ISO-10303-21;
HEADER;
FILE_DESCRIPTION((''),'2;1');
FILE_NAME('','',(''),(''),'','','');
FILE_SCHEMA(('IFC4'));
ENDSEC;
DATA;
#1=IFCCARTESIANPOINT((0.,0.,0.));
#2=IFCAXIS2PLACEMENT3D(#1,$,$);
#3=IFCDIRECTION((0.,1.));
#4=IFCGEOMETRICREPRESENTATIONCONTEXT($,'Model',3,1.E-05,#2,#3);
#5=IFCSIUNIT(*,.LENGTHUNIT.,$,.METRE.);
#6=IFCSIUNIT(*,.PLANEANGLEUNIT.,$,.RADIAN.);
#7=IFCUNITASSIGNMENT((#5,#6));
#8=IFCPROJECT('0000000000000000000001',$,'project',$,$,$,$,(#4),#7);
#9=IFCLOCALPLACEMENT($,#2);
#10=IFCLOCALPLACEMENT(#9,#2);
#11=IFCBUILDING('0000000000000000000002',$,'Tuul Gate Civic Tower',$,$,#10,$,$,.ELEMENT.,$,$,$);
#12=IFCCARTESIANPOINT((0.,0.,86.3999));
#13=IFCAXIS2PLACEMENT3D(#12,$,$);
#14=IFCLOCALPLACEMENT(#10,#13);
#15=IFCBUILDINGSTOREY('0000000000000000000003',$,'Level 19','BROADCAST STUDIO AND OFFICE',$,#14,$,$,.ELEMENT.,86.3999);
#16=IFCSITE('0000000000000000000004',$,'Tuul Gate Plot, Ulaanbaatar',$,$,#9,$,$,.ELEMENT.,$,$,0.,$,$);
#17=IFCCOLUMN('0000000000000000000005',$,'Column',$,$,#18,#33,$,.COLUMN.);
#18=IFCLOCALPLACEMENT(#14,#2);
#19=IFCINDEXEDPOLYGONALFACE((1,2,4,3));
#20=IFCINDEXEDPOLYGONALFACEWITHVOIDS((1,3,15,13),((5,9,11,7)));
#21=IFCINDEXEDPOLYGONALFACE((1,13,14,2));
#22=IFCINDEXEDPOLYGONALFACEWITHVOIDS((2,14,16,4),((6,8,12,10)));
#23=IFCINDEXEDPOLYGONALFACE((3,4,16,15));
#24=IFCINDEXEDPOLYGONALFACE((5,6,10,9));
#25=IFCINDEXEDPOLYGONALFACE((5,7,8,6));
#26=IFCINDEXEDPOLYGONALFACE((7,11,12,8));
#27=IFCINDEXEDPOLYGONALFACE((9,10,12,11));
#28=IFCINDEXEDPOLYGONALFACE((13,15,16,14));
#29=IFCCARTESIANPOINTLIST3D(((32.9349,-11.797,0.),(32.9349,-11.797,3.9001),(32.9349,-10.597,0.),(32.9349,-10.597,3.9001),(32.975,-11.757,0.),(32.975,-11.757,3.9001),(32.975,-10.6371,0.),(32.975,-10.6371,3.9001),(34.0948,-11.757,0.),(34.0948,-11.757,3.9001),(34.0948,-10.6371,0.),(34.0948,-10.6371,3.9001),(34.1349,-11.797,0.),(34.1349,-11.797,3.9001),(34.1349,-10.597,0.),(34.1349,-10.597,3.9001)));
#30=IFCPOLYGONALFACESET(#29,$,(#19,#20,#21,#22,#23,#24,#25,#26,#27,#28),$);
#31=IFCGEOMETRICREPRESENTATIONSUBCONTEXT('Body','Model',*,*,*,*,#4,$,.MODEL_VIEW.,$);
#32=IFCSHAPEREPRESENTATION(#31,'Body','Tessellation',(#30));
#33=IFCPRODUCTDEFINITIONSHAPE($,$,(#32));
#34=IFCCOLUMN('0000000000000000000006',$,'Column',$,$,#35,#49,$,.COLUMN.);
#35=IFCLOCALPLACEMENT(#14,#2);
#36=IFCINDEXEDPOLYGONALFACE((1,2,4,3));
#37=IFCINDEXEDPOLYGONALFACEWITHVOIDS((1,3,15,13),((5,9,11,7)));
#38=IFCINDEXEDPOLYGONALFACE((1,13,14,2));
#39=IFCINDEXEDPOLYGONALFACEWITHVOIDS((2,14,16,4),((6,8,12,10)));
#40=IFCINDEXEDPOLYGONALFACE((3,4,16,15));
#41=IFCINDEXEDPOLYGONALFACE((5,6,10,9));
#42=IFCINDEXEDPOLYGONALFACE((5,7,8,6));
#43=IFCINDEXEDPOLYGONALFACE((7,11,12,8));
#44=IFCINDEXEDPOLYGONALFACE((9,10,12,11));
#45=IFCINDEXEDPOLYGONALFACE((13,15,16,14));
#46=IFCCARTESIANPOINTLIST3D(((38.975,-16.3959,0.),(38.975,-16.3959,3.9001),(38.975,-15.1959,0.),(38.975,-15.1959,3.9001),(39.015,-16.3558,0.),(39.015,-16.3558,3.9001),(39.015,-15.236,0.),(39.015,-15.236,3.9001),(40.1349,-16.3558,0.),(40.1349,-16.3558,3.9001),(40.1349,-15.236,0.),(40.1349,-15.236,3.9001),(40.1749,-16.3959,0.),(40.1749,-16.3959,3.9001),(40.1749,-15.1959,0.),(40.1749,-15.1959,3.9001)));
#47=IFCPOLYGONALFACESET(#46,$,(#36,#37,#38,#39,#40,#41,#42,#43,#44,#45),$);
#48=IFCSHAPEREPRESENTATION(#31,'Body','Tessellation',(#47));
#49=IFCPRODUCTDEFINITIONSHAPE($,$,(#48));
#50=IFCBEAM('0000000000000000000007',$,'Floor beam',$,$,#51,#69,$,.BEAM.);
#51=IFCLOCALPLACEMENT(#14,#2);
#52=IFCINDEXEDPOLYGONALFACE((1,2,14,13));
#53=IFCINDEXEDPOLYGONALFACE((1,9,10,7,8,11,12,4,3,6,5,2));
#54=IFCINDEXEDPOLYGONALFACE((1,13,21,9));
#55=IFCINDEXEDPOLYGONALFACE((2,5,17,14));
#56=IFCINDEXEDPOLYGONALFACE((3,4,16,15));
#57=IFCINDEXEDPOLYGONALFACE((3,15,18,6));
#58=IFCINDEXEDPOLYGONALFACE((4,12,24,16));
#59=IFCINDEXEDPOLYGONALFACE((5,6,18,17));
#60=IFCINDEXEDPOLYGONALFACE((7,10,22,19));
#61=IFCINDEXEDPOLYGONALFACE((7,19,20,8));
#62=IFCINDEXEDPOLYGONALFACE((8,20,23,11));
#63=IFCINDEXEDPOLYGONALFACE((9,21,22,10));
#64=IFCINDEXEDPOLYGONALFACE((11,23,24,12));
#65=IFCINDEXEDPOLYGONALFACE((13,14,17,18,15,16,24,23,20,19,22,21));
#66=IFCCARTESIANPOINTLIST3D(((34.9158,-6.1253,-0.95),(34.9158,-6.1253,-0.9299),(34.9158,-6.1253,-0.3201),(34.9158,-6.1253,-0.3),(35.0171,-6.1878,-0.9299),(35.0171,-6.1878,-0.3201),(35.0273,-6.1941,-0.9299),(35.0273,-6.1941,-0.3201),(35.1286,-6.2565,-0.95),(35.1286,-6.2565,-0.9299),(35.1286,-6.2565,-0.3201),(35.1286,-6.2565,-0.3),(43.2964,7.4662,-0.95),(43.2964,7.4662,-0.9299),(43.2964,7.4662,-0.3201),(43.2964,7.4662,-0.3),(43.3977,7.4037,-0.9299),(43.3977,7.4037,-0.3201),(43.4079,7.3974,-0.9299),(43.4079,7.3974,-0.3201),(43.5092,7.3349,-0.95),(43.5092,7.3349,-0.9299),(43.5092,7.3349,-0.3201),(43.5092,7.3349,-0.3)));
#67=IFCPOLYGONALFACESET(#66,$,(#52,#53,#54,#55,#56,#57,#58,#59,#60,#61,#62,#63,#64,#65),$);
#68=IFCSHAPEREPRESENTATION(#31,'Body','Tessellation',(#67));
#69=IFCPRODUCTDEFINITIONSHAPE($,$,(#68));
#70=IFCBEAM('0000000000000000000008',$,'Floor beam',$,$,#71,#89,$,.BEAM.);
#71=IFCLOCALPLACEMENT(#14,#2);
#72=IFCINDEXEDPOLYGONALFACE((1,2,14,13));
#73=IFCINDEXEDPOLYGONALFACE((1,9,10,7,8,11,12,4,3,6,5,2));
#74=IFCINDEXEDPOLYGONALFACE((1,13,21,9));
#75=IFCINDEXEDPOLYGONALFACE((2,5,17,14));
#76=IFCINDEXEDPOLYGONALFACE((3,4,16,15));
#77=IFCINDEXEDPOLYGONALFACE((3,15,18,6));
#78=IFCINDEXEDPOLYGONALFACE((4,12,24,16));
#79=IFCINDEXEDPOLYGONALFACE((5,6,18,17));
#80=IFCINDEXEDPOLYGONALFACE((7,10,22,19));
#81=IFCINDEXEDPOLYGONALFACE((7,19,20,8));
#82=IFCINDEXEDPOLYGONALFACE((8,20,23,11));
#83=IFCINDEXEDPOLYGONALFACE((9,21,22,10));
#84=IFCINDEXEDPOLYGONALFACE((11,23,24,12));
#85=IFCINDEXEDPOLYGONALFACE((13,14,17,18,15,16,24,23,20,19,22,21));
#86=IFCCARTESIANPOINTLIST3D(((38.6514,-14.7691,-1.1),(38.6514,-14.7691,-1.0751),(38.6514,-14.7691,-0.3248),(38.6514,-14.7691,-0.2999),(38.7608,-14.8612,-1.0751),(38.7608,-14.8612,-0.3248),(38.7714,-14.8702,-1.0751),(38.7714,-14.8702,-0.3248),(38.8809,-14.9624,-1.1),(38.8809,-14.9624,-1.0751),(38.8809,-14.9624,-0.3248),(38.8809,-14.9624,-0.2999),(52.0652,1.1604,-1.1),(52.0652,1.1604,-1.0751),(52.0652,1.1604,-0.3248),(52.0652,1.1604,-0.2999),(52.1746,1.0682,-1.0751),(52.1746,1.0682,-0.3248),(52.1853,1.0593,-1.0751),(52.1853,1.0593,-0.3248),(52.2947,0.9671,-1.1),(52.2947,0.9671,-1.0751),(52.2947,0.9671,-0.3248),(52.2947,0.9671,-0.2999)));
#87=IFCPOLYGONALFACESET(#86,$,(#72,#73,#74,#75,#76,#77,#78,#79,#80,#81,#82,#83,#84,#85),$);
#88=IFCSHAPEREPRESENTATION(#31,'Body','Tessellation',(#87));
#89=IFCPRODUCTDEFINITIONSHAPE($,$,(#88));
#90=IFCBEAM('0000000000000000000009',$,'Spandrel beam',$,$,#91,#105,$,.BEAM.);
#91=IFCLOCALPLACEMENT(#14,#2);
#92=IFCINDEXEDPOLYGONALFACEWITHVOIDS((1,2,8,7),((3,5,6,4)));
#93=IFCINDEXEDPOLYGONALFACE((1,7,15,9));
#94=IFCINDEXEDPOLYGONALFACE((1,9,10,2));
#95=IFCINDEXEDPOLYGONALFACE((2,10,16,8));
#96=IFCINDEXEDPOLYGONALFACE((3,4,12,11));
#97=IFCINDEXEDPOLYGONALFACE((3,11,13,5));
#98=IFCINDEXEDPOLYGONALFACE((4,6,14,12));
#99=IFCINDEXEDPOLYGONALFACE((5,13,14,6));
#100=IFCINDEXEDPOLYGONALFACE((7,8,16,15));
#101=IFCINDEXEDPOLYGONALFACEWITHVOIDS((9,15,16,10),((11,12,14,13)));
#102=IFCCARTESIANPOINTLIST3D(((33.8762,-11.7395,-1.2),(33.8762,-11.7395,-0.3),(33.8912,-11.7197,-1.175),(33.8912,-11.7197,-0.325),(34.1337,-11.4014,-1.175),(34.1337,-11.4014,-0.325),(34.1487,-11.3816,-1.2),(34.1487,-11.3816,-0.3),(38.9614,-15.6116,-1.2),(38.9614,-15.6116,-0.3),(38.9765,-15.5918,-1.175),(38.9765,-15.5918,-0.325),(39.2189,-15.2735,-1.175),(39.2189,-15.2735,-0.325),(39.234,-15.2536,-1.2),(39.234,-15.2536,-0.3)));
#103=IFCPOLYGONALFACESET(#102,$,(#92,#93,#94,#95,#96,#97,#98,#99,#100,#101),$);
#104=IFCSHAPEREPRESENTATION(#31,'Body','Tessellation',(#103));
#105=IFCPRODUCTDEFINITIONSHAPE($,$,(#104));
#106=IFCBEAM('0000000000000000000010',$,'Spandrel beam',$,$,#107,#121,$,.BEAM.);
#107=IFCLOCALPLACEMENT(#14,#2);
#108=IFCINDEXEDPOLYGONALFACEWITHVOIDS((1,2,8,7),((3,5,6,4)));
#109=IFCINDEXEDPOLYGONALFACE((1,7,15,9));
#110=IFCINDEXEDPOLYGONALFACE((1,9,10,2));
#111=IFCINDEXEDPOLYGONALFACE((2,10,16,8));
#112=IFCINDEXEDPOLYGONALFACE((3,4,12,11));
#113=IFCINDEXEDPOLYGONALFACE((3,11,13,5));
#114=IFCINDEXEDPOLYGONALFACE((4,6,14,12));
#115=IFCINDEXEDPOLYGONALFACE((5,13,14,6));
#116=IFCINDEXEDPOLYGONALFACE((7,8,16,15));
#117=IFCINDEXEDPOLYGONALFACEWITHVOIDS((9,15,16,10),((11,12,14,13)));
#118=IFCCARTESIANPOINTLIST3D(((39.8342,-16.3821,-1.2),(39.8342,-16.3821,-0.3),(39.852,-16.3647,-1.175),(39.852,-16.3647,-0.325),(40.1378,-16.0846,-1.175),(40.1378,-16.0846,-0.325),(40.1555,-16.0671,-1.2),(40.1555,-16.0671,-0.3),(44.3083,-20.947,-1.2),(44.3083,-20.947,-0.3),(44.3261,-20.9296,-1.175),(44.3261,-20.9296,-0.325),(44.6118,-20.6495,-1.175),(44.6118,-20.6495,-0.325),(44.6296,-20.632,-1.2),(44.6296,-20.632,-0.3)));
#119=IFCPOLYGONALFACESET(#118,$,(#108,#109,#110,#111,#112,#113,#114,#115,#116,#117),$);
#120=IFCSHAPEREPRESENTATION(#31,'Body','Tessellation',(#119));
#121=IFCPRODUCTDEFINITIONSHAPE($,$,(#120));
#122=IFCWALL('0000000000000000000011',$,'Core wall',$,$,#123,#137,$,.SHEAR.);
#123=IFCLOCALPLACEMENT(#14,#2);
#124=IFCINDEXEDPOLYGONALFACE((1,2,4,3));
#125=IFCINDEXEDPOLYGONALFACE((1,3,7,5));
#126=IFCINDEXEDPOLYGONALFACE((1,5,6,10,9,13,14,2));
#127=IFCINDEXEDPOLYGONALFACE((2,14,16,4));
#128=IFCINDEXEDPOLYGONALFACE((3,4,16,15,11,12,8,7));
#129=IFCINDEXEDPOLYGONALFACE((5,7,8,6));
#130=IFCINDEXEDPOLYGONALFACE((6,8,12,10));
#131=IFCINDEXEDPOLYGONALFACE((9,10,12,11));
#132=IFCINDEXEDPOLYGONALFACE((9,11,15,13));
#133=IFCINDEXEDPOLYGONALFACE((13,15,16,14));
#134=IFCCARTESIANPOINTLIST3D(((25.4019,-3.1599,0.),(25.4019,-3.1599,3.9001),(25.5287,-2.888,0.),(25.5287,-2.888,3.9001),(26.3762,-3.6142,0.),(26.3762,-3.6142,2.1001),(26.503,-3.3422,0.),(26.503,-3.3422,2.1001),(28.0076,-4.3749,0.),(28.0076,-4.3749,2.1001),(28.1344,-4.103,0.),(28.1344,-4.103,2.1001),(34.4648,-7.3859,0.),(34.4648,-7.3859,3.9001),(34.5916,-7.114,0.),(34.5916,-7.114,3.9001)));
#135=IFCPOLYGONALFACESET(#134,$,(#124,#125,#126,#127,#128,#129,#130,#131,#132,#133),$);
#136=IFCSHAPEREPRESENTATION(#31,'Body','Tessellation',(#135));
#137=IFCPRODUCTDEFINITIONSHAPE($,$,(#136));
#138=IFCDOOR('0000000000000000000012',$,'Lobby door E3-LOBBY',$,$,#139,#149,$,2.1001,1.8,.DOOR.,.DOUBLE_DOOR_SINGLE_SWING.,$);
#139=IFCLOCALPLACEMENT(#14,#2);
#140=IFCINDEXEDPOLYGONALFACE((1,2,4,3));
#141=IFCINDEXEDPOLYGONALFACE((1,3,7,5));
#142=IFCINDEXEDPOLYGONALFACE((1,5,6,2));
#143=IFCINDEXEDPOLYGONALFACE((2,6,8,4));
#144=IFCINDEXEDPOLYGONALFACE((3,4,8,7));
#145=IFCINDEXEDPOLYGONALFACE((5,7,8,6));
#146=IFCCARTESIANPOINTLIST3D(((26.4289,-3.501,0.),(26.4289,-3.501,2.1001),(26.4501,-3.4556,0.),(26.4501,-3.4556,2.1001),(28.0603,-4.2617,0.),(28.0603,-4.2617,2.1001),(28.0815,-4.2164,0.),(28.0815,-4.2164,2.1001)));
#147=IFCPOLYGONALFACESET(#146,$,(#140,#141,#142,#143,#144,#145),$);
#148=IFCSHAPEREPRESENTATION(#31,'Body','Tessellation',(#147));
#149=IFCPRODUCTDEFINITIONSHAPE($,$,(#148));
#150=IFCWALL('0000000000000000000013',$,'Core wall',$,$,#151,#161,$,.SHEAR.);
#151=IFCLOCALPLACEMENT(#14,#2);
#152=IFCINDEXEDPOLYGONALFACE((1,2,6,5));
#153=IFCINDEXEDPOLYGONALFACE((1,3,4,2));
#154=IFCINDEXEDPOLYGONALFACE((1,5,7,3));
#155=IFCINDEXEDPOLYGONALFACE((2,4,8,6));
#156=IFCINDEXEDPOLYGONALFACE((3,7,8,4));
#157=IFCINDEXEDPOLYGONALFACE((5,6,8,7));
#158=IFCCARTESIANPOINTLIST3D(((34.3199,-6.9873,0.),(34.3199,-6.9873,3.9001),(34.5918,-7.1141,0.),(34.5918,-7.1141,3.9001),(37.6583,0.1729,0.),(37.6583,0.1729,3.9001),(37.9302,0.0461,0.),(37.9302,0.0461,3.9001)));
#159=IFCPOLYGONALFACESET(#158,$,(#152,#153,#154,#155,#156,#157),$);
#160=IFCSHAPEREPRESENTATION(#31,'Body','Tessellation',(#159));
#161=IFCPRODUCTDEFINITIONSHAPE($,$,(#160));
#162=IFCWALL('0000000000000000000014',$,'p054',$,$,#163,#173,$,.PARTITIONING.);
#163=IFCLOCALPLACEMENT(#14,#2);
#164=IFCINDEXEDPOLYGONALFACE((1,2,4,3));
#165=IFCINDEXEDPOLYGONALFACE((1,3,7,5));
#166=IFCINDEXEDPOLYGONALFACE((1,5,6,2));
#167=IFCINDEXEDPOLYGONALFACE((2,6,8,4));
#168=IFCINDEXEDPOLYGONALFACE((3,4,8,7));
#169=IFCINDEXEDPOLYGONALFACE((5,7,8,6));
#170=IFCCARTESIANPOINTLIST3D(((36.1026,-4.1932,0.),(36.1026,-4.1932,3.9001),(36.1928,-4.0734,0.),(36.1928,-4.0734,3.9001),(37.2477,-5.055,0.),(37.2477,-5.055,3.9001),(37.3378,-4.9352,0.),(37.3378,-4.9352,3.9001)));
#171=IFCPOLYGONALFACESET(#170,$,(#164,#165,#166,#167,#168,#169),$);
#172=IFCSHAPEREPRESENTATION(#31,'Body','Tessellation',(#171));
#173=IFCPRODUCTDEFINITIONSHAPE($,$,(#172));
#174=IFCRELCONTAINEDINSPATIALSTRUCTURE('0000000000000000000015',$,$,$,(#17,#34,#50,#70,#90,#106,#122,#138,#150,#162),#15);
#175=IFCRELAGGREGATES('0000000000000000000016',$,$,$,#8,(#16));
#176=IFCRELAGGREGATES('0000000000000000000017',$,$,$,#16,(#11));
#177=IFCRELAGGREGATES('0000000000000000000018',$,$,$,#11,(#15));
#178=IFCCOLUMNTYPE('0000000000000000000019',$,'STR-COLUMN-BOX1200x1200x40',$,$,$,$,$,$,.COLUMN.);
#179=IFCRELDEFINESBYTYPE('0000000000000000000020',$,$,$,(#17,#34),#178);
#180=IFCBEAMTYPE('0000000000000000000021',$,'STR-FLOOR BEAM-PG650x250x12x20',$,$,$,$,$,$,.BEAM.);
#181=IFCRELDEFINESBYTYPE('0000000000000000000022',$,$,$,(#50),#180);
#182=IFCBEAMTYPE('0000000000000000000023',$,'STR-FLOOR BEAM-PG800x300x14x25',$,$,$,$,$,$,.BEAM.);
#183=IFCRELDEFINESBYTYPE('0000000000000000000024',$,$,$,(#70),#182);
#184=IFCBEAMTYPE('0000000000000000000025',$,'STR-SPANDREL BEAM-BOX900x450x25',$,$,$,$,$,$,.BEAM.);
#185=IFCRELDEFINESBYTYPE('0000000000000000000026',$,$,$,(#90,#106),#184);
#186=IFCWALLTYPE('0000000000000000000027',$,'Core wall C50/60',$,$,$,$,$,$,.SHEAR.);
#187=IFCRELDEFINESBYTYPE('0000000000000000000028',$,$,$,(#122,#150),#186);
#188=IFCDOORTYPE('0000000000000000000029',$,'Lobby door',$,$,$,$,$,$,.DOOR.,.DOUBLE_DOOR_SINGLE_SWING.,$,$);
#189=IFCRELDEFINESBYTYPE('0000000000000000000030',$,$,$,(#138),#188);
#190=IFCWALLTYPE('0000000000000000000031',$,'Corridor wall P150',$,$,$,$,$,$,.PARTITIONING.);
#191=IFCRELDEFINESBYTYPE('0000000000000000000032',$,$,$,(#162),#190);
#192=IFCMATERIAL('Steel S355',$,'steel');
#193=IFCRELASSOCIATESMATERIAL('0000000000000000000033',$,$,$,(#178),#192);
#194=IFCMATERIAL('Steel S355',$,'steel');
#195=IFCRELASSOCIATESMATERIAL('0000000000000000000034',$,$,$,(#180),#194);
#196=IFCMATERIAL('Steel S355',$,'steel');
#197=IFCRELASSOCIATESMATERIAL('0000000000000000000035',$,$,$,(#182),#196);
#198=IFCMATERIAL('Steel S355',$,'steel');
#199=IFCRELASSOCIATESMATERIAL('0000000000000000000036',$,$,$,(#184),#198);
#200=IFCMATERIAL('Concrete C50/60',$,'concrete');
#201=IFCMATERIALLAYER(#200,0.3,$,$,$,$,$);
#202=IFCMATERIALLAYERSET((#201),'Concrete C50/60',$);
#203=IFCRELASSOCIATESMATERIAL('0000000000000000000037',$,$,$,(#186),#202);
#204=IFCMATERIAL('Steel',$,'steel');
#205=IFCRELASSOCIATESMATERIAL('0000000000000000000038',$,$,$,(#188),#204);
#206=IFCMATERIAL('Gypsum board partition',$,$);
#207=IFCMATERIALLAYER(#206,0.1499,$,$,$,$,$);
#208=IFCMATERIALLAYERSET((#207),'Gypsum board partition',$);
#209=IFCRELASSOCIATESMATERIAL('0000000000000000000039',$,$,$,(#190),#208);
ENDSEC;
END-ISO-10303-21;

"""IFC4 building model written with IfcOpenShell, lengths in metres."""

from ifc_helpers import new_model, si_unit, direction, frame, frame_2d, origin, origin_2d, place, context, subcontext, project, spatial, rectangle, hollow_rectangle, i_section, extrude, material, layer, layer_set, material_profile, profile_set, type_object, element, fill, save


model = new_model("IFC4")

# Units and contexts
model_context = context("Model", 3, precision=1e-05, world=origin(), true_north=direction((0.0, 1.0)))
body_context = subcontext(model_context, "Body", "Model", "MODEL_VIEW")
ifc_project = project(units=[si_unit("LENGTHUNIT", "METRE"), si_unit("PLANEANGLEUNIT", "RADIAN")], contexts=[model_context])

# Site, building, storey
site_placement = place(None, origin())
site = spatial("IfcSite", under=ifc_project, at=site_placement, Name="Tuul Gate Plot, Ulaanbaatar", CompositionType="ELEMENT", RefElevation=0.0)
building_placement = place(site_placement, origin())
building = spatial("IfcBuilding", under=site, at=building_placement, Name="Tuul Gate Civic Tower", CompositionType="ELEMENT")
storey_placement = place(building_placement, frame((0.0, 0.0, 86.3999)))
storey = spatial("IfcBuildingStorey", under=building, at=storey_placement, Name="Level 19", Description="BROADCAST STUDIO AND OFFICE", CompositionType="ELEMENT", Elevation=86.3999)

# Columns
ifc_material_1 = material(Name="Steel S355", Category="steel")
ifc_material_profile_1 = material_profile(ifc_material_1, hollow_rectangle(XDim=1.2, YDim=1.2, WallThickness=0.04, at=origin_2d()), Name="BOX1200x1200x40")
ifc_profile_set_1 = profile_set([ifc_material_profile_1], Name="Steel S355")
column_type = type_object("IfcColumnType", Name="STR-COLUMN-BOX1200x1200x40", PredefinedType="COLUMN", material=ifc_profile_set_1)
for number, where, z_axis, x_axis, name in (
    (1, (33.5349, -11.197, 0.0), (0.0, 0.0, 1.0), (1.0, 0.0, 0.0), "Column"),
    (2, (39.575, -15.7959, 0.0), (0.0, 0.0, 1.0), (1.0, 0.0, 0.0), "Column"),
):
    element("IfcColumn", number, at=place(storey_placement, frame(where, z_axis=z_axis, x_axis=x_axis)), inside=storey, type_object=column_type, Name=name, PredefinedType="COLUMN", context=body_context, shape_type="SweptSolid", body=[
        extrude(hollow_rectangle(XDim=1.2, YDim=1.2, WallThickness=0.04, at=origin_2d()), origin(), (0.0, 0.0, 1.0), 3.9001),
    ])

# Beams
ifc_material_2 = material(Name="Steel S355", Category="steel")
ifc_material_profile_2 = material_profile(ifc_material_2, i_section(OverallWidth=0.25, OverallDepth=0.6499, WebThickness=0.012, FlangeThickness=0.02, at=origin_2d()), Name="PG650x250x12x20")
ifc_profile_set_2 = profile_set([ifc_material_profile_2], Name="Steel S355")
beam_type_1 = type_object("IfcBeamType", Name="STR-FLOOR BEAM-PG650x250x12x20", PredefinedType="BEAM", material=ifc_profile_set_2)
beam_1_placement = place(storey_placement, frame((35.0222, -6.1909, -0.625), z_axis=(0.52485, 0.851194, 0.0), x_axis=(-0.851194, 0.52485, 0.0)))
element("IfcBeam", 3, at=beam_1_placement, inside=storey, type_object=beam_type_1, Name="Floor beam", PredefinedType="BEAM", context=body_context, shape_type="SweptSolid", body=[
    extrude(i_section(OverallWidth=0.25, OverallDepth=0.6499, WebThickness=0.012, FlangeThickness=0.02, at=origin_2d()), origin(), (0.0, 0.0, 1.0), 15.9675),
])
ifc_material_3 = material(Name="Steel S355", Category="steel")
ifc_material_profile_3 = material_profile(ifc_material_3, i_section(OverallWidth=0.3, OverallDepth=0.8, WebThickness=0.0139, FlangeThickness=0.0249, at=origin_2d()), Name="PG800x300x14x25")
ifc_profile_set_3 = profile_set([ifc_material_profile_3], Name="Steel S355")
beam_type_2 = type_object("IfcBeamType", Name="STR-FLOOR BEAM-PG800x300x14x25", PredefinedType="BEAM", material=ifc_profile_set_3)
beam_2_placement = place(storey_placement, frame((38.7661, -14.8657, -0.7), z_axis=(0.644123, 0.764922, 0.0), x_axis=(-0.764922, 0.644123, 0.0)))
element("IfcBeam", 4, at=beam_2_placement, inside=storey, type_object=beam_type_2, Name="Floor beam", PredefinedType="BEAM", context=body_context, shape_type="SweptSolid", body=[
    extrude(i_section(OverallWidth=0.3, OverallDepth=0.8, WebThickness=0.0139, FlangeThickness=0.0249, at=origin_2d()), origin(), (0.0, 0.0, 1.0), 20.825),
])
ifc_material_4 = material(Name="Steel S355", Category="steel")
ifc_material_profile_4 = material_profile(ifc_material_4, hollow_rectangle(XDim=0.45, YDim=0.8999, WallThickness=0.0249, at=origin_2d()), Name="BOX900x450x25")
ifc_profile_set_4 = profile_set([ifc_material_profile_4], Name="Steel S355")
beam_type_3 = type_object("IfcBeamType", Name="STR-SPANDREL BEAM-BOX900x450x25", PredefinedType="BEAM", material=ifc_profile_set_4)
beam_3_placement = place(storey_placement, frame((34.0125, -11.5605, -0.75), z_axis=(0.795611, -0.605808, 0.0), x_axis=(0.605808, 0.795611, 0.0)))
element("IfcBeam", 5, at=beam_3_placement, inside=storey, type_object=beam_type_3, Name="Spandrel beam", PredefinedType="BEAM", context=body_context, shape_type="SweptSolid", body=[
    extrude(hollow_rectangle(XDim=0.45, YDim=0.8999, WallThickness=0.0249, at=origin_2d()), origin(), (0.0, 0.0, 1.0), 6.3916),
])
beam_4_placement = place(storey_placement, frame((39.9949, -16.2246, -0.75), z_axis=(0.699967, -0.714175, 0.0), x_axis=(0.714175, 0.699967, 0.0)))
element("IfcBeam", 6, at=beam_4_placement, inside=storey, type_object=beam_type_3, Name="Spandrel beam", PredefinedType="BEAM", context=body_context, shape_type="SweptSolid", body=[
    extrude(hollow_rectangle(XDim=0.45, YDim=0.8999, WallThickness=0.0249, at=origin_2d()), origin(), (0.0, 0.0, 1.0), 6.3918),
])

# Wall, opening, door
ifc_material_5 = material(Name="Concrete C50/60", Category="concrete")
ifc_layer_1 = layer(ifc_material_5, 0.3)
ifc_layer_set_1 = layer_set([ifc_layer_1], Name="Concrete C50/60")
wall_type_1 = type_object("IfcWallType", Name="Core wall C50/60", PredefinedType="SHEAR", material=ifc_layer_set_1)
wall_1_placement = place(storey_placement, frame((34.5283, -7.25, 0.0), z_axis=(0.0, 0.0, 1.0), x_axis=(-0.90631, 0.422613, 0.0)))
wall_1 = element("IfcWall", 7, at=wall_1_placement, inside=storey, type_object=wall_type_1, Name="Core wall", PredefinedType="SHEAR", context=body_context, shape_type="SweptSolid", body=[
    extrude(rectangle(XDim=9.9998, YDim=0.3, at=frame_2d((5.0, 0.0))), origin(), (0.0, 0.0, 1.0), 3.9001),
])
opening_1_placement = place(wall_1_placement, frame((7.125, 0.0, 0.0)))
opening_1 = element("IfcOpeningElement", 8, at=opening_1_placement, cuts=wall_1, PredefinedType="OPENING", context=body_context, shape_type="SweptSolid", body=[
    extrude(rectangle(XDim=1.8, YDim=2.1001, at=frame_2d((0.8999, 1.05))), frame((0.0, 0.1602, 0.0), z_axis=(0.0, -1.0, 0.0), x_axis=(1.0, 0.0, 0.0)), (0.0, 0.0, 1.0), 0.3201),
])
ifc_material_6 = material(Name="Steel", Category="steel")
door_type = type_object("IfcDoorType", Name="Lobby door", OperationType="DOUBLE_DOOR_SINGLE_SWING", PredefinedType="DOOR", material=ifc_material_6)
door_1_placement = place(opening_1_placement, frame((1.8, 0.0, 0.0), z_axis=(0.0, 0.0, 1.0), x_axis=(-1.0, 0.0, 0.0)))
door_1 = element("IfcDoor", 9, at=door_1_placement, inside=storey, type_object=door_type, Name="Lobby door E3-LOBBY", OperationType="DOUBLE_DOOR_SINGLE_SWING", OverallHeight=2.1001, OverallWidth=1.8, PredefinedType="DOOR", context=body_context, shape_type="SweptSolid", body=[
    extrude(rectangle(XDim=1.8, YDim=2.1001, at=frame_2d((0.9001, 1.05))), frame((0.0, 0.0249, 0.0), z_axis=(0.0, -1.0, 0.0), x_axis=(1.0, 0.0, 0.0)), (0.0, 0.0, 1.0), 0.05),
])
fill(opening_1, door_1)

# Walls
wall_2_placement = place(storey_placement, frame((34.4558, -7.0508, 0.0), z_axis=(0.0, 0.0, 1.0), x_axis=(0.422571, 0.90633, 0.0)))
element("IfcWall", 10, at=wall_2_placement, inside=storey, type_object=wall_type_1, Name="Core wall", PredefinedType="SHEAR", context=body_context, shape_type="SweptSolid", body=[
    extrude(rectangle(XDim=7.9001, YDim=0.3, at=frame_2d((3.9502, 0.0))), origin(), (0.0, 0.0, 1.0), 3.9001),
])
ifc_material_7 = material(Name="Gypsum board partition")
ifc_layer_2 = layer(ifc_material_7, 0.1499)
ifc_layer_set_2 = layer_set([ifc_layer_2], Name="Gypsum board partition")
wall_type_2 = type_object("IfcWallType", Name="Corridor wall P150", PredefinedType="PARTITIONING", material=ifc_layer_set_2)
wall_3_placement = place(storey_placement, frame((36.1477, -4.1333, 0.0), z_axis=(0.0, 0.0, 1.0), x_axis=(0.798977, -0.601362, 0.0)))
element("IfcWall", 11, at=wall_3_placement, inside=storey, type_object=wall_type_2, Name="p054", PredefinedType="PARTITIONING", context=body_context, shape_type="SweptSolid", body=[
    extrude(rectangle(XDim=1.4331, YDim=0.1499, at=frame_2d((0.7166, 0.0))), origin(), (0.0, 0.0, 1.0), 3.9001),
])

save(model, "model.ifc")
